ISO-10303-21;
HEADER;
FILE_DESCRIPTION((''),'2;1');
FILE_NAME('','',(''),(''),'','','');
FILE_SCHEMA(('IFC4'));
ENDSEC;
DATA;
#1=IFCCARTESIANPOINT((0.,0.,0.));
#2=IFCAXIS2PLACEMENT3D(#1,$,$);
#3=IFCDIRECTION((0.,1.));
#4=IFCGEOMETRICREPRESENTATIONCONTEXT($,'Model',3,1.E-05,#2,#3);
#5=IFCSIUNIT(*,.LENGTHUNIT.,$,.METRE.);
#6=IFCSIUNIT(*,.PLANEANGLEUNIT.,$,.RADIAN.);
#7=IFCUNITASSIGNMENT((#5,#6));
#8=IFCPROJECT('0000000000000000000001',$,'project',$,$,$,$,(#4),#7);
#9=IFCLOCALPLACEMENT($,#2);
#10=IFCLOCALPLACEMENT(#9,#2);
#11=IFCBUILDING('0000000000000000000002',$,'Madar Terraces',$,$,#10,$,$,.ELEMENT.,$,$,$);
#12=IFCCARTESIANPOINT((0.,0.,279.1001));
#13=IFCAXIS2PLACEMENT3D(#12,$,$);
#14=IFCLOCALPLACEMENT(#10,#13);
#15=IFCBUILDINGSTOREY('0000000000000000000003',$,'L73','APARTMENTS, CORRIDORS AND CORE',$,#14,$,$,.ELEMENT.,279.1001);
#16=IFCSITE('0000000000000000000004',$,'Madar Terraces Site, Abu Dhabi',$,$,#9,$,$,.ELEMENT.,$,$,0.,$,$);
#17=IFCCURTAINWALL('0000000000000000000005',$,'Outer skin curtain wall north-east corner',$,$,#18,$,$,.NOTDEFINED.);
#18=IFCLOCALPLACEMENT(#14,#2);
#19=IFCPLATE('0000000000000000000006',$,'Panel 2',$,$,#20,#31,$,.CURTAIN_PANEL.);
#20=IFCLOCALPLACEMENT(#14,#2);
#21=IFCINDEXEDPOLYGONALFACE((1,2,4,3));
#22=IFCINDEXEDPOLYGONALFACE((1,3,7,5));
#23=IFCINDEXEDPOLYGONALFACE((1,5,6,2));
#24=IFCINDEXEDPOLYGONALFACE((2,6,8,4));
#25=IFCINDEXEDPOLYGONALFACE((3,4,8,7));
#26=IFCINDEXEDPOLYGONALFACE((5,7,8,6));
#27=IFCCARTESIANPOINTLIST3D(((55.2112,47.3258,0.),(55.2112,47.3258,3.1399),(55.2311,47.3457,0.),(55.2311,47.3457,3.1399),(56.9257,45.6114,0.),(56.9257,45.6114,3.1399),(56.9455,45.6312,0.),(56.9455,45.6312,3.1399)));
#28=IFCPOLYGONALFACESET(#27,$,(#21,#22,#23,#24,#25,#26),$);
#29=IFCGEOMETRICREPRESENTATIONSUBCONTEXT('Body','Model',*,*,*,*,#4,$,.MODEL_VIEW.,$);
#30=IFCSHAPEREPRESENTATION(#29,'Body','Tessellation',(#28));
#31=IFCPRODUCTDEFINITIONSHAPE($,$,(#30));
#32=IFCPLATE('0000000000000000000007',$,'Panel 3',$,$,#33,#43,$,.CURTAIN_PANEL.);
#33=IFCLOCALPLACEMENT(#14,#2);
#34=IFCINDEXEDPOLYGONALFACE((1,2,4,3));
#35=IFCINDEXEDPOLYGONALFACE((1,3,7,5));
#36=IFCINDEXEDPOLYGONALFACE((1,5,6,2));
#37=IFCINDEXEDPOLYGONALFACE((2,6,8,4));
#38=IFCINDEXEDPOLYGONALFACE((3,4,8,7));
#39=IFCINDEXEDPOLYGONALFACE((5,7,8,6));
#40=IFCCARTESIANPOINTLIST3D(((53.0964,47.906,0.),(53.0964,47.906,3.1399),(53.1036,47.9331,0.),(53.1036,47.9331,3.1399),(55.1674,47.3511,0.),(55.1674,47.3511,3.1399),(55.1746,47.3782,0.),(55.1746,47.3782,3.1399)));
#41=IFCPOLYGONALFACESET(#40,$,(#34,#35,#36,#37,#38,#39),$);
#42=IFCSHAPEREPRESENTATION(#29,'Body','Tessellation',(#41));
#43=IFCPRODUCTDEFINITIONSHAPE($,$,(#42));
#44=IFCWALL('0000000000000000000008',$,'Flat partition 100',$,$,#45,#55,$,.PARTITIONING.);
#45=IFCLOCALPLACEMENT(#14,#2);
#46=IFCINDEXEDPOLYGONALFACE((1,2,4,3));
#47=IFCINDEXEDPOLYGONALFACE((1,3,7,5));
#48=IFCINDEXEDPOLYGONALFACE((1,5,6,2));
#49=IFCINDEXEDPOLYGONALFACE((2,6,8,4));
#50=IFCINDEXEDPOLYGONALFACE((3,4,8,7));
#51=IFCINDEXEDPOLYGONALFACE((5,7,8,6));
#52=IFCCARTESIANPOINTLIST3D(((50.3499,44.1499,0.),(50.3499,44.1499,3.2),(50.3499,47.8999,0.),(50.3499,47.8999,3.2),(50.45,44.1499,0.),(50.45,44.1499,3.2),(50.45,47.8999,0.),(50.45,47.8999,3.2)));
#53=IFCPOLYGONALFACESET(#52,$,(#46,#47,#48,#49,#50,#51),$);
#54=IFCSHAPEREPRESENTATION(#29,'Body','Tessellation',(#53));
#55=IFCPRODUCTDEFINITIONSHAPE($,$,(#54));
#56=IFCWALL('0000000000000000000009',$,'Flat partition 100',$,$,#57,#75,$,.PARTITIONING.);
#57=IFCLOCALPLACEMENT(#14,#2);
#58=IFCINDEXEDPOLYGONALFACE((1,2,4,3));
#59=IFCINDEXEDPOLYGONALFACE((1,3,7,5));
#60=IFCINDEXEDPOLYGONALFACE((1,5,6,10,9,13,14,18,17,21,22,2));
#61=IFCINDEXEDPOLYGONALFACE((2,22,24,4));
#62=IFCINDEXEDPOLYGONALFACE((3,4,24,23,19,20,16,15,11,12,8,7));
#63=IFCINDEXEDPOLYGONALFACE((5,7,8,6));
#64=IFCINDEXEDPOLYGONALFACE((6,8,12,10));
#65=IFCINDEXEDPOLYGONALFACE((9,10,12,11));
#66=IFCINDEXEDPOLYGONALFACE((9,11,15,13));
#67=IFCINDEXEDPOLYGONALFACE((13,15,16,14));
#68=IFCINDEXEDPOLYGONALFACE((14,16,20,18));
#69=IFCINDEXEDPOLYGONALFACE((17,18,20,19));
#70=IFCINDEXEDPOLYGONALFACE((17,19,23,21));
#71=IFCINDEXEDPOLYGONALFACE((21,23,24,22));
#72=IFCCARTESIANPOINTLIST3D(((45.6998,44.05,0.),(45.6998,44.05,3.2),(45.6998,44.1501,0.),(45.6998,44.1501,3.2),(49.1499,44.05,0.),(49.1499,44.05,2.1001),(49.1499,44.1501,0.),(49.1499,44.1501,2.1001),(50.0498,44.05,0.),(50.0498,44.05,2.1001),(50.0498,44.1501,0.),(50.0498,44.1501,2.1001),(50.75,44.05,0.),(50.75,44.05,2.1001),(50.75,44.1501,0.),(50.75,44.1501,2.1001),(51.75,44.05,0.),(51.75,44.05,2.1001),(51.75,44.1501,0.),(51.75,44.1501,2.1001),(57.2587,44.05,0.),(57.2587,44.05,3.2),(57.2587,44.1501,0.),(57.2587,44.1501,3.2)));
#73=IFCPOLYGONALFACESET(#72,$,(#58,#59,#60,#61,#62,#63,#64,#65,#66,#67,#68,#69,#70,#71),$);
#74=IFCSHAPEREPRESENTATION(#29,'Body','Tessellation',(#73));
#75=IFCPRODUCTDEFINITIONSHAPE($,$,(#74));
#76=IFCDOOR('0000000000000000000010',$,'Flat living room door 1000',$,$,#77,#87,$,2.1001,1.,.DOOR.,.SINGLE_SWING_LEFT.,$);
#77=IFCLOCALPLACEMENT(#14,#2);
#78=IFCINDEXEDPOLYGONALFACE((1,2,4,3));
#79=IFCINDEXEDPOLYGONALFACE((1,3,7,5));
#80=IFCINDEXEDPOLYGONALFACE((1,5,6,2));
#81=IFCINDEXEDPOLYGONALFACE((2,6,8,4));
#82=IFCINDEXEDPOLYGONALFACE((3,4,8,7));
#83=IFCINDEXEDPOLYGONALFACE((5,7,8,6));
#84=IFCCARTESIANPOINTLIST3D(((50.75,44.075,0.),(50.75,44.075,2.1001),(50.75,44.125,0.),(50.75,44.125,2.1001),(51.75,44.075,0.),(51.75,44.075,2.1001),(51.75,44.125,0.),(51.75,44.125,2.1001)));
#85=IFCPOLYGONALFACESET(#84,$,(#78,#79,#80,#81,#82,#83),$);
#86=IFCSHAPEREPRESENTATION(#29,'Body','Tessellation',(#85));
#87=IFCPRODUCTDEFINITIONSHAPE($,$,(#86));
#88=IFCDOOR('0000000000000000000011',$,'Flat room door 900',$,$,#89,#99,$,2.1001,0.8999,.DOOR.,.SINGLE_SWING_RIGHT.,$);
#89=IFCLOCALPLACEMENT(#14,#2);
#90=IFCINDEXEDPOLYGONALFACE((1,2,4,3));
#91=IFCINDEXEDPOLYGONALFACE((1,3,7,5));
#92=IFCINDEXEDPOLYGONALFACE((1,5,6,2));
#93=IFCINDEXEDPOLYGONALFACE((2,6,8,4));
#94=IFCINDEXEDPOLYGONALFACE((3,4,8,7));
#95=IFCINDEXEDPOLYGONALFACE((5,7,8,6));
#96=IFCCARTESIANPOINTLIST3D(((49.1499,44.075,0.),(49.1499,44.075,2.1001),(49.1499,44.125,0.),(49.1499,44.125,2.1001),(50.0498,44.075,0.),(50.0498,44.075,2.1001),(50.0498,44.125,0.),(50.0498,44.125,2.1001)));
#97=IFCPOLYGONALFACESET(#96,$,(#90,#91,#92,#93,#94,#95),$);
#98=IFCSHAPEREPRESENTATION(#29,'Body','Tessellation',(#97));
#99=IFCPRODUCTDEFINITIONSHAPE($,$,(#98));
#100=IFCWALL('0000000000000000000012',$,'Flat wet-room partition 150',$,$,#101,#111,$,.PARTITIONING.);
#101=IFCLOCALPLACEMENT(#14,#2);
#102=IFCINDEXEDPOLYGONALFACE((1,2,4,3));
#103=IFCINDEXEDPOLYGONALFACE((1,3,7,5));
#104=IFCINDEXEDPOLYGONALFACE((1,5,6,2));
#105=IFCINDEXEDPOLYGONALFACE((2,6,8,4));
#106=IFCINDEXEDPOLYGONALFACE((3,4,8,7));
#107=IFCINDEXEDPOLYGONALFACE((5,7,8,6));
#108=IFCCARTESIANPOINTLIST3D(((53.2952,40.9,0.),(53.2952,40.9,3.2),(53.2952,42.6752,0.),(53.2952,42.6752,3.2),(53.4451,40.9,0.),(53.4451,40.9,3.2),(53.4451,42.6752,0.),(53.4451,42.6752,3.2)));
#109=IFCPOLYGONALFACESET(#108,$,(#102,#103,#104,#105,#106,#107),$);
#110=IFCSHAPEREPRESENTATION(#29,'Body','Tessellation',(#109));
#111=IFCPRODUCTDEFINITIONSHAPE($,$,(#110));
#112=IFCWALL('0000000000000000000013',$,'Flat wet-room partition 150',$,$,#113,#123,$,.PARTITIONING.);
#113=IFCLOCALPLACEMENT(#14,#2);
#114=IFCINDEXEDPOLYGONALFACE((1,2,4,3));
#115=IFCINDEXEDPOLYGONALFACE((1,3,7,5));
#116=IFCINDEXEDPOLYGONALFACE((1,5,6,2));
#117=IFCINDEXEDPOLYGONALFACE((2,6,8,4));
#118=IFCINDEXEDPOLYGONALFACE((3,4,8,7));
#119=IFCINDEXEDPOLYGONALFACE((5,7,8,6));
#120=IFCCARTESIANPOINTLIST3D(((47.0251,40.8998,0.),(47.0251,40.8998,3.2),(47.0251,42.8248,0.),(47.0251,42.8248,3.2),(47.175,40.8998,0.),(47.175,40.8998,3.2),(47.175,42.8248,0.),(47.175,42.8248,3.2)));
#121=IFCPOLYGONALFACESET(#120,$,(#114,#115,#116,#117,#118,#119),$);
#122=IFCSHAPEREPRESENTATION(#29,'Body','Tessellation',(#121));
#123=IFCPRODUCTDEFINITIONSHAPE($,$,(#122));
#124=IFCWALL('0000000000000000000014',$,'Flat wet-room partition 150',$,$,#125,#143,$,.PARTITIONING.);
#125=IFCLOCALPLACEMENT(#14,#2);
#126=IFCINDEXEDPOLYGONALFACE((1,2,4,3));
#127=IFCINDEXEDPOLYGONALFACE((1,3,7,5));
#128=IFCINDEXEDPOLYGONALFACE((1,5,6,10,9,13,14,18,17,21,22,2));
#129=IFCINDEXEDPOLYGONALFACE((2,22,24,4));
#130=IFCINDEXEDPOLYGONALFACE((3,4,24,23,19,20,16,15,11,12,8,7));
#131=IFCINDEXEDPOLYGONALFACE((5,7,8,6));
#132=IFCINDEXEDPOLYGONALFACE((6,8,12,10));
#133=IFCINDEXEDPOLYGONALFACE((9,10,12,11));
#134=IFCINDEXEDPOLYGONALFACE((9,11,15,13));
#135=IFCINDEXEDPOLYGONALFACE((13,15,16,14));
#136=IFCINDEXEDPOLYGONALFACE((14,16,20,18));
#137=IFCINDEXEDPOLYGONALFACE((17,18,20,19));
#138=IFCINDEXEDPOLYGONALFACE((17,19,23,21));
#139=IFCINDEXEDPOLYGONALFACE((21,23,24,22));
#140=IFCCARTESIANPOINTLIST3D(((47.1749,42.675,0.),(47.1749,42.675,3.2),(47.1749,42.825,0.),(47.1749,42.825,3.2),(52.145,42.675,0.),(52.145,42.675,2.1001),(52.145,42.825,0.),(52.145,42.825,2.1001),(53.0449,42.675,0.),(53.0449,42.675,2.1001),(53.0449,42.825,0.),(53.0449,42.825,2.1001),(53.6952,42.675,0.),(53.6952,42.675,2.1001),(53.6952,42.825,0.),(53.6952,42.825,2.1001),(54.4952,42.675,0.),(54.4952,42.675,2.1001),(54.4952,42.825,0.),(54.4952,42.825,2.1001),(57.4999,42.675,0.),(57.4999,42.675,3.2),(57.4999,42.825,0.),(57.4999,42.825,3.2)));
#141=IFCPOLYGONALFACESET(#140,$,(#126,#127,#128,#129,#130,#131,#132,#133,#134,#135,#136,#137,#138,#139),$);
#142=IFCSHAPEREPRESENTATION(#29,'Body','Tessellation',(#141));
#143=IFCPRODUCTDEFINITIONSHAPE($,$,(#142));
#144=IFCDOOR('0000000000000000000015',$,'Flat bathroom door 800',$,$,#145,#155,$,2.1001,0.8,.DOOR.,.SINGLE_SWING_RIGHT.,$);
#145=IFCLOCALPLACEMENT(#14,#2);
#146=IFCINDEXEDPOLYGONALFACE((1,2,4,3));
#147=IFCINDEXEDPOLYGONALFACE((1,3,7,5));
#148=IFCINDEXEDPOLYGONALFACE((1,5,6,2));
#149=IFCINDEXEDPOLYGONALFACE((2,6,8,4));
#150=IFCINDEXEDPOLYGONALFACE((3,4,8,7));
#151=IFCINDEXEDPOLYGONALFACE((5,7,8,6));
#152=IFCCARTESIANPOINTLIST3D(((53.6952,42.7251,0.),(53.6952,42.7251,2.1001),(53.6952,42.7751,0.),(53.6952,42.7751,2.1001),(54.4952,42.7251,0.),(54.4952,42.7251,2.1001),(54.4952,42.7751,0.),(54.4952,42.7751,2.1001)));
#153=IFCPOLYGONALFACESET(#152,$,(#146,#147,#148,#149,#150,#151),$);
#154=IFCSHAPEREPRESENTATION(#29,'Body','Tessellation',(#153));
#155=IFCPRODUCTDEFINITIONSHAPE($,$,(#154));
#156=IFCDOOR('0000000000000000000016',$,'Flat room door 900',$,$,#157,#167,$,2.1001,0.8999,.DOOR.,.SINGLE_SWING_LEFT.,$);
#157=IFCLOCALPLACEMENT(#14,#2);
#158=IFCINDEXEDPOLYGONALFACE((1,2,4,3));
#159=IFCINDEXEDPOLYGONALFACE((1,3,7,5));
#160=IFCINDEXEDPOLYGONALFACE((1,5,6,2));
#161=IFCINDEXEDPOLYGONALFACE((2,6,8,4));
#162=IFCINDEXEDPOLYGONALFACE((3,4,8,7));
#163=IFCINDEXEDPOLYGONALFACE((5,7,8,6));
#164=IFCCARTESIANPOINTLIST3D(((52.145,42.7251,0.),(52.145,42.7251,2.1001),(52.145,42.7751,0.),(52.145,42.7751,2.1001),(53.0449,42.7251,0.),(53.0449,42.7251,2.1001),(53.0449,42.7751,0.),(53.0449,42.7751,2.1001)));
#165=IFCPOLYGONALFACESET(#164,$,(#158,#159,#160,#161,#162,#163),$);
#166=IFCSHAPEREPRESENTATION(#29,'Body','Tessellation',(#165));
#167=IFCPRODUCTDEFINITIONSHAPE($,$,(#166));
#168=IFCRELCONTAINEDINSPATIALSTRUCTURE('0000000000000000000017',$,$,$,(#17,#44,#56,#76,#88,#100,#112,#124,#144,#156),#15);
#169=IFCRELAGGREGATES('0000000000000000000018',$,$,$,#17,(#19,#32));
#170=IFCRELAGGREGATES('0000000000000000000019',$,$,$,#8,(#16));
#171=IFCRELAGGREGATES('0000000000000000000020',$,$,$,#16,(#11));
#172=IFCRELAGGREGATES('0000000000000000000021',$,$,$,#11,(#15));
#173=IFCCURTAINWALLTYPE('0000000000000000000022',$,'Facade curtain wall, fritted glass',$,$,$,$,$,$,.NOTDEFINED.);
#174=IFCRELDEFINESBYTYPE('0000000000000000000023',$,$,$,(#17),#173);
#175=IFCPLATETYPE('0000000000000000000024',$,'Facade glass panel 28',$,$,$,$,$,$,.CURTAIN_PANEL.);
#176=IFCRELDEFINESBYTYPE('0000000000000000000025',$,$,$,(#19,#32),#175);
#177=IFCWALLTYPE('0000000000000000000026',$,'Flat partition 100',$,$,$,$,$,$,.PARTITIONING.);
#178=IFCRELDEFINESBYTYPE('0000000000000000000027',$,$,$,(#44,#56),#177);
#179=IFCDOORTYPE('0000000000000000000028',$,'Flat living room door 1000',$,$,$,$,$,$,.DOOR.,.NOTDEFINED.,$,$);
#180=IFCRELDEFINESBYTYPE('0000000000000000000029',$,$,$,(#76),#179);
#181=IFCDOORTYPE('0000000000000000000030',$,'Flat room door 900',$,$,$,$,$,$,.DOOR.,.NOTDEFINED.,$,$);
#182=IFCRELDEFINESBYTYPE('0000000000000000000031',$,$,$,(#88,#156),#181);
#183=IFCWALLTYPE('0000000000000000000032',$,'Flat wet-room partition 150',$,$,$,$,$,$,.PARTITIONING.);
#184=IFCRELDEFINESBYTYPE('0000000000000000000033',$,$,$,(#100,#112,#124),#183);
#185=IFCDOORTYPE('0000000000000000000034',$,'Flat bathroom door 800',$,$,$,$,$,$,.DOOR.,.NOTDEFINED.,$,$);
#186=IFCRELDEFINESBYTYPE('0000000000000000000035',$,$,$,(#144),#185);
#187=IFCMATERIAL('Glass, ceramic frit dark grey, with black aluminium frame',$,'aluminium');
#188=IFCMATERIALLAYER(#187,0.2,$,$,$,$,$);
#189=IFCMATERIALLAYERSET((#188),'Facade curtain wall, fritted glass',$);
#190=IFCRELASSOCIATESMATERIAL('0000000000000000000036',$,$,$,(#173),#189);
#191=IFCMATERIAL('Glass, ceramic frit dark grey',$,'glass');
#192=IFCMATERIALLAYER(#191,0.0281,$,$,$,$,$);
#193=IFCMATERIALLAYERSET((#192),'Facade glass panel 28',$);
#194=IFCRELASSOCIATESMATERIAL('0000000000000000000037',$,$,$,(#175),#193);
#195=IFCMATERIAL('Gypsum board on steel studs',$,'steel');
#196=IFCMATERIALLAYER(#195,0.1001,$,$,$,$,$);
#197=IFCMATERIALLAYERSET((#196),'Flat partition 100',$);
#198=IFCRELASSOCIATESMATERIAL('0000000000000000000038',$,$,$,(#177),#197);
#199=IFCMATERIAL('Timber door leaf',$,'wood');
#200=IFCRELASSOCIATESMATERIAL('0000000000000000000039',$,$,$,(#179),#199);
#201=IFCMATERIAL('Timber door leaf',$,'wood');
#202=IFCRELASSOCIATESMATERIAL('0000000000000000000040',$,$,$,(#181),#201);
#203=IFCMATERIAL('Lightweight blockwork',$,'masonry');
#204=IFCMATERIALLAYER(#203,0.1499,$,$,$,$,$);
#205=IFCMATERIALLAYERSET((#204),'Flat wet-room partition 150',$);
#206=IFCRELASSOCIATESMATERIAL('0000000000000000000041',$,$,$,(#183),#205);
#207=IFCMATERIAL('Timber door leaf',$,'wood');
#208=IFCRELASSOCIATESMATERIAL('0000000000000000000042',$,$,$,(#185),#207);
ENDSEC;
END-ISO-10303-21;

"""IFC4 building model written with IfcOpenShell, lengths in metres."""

from ifc_helpers import new_model, si_unit, direction, frame, frame_2d, origin, origin_2d, place, context, subcontext, project, spatial, rectangle, extrude, material, layer, layer_set, type_object, element, fill, aggregate, save


model = new_model("IFC4")

# Units and contexts
model_context = context("Model", 3, precision=1e-05, world=origin(), true_north=direction((0.0, 1.0)))
body_context = subcontext(model_context, "Body", "Model", "MODEL_VIEW")
ifc_project = project(units=[si_unit("LENGTHUNIT", "METRE"), si_unit("PLANEANGLEUNIT", "RADIAN")], contexts=[model_context])

# Site, building, storey
site_placement = place(None, origin())
site = spatial("IfcSite", under=ifc_project, at=site_placement, Name="Madar Terraces Site, Abu Dhabi", CompositionType="ELEMENT", RefElevation=0.0)
building_placement = place(site_placement, origin())
building = spatial("IfcBuilding", under=site, at=building_placement, Name="Madar Terraces", CompositionType="ELEMENT")
storey_placement = place(building_placement, frame((0.0, 0.0, 279.1001)))
storey = spatial("IfcBuildingStorey", under=building, at=storey_placement, Name="L73", Description="APARTMENTS, CORRIDORS AND CORE", CompositionType="ELEMENT", Elevation=279.1001)

# Shared definitions
ifc_material_1 = material(Name="Glass, ceramic frit dark grey, with black aluminium frame", Category="aluminium")
ifc_layer_1 = layer(ifc_material_1, 0.2)
ifc_layer_set_1 = layer_set([ifc_layer_1], Name="Facade curtain wall, fritted glass")
curtain_wall_type = type_object("IfcCurtainWallType", Name="Facade curtain wall, fritted glass", PredefinedType="NOTDEFINED", material=ifc_layer_set_1)

# Curtain wall
curtain_wall_1_placement = place(storey_placement, origin())
curtain_wall_1 = element("IfcCurtainWall", 1, at=curtain_wall_1_placement, inside=storey, type_object=curtain_wall_type, Name="Outer skin curtain wall north-east corner", PredefinedType="NOTDEFINED")

# Plates
ifc_material_2 = material(Name="Glass, ceramic frit dark grey", Category="glass")
ifc_layer_2 = layer(ifc_material_2, 0.0281)
ifc_layer_set_2 = layer_set([ifc_layer_2], Name="Facade glass panel 28")
plate_type = type_object("IfcPlateType", Name="Facade glass panel 28", PredefinedType="CURTAIN_PANEL", material=ifc_layer_set_2)
plate_1_placement = place(storey_placement, frame((56.0784, 46.4785, 0.0), z_axis=(0.0, 0.0, 1.0), x_axis=(-0.707107, 0.707107, 0.0)))
plate_1 = element("IfcPlate", 2, at=plate_1_placement, type_object=plate_type, Name="Panel 2", PredefinedType="CURTAIN_PANEL", context=body_context, shape_type="SweptSolid", body=[
    extrude(rectangle(XDim=2.4246, YDim=0.0281, at=origin_2d()), origin(), (0.0, 0.0, 1.0), 3.1399),
])
plate_2_placement = place(storey_placement, frame((54.1355, 47.6421, 0.0), z_axis=(0.0, 0.0, 1.0), x_axis=(-0.965926, 0.258819, 0.0)))
plate_2 = element("IfcPlate", 3, at=plate_2_placement, type_object=plate_type, Name="Panel 3", PredefinedType="CURTAIN_PANEL", context=body_context, shape_type="SweptSolid", body=[
    extrude(rectangle(XDim=2.144, YDim=0.0281, at=origin_2d()), origin(), (0.0, 0.0, 1.0), 3.1399),
])
aggregate(curtain_wall_1, [plate_1, plate_2])

# Wall
ifc_material_3 = material(Name="Gypsum board on steel studs", Category="steel")
ifc_layer_3 = layer(ifc_material_3, 0.1001)
ifc_layer_set_3 = layer_set([ifc_layer_3], Name="Flat partition 100")
wall_type_1 = type_object("IfcWallType", Name="Flat partition 100", PredefinedType="PARTITIONING", material=ifc_layer_set_3)
wall_1_placement = place(storey_placement, frame((50.3999, 44.1499, 0.0), z_axis=(0.0, 0.0, 1.0), x_axis=(0.0, 1.0, 0.0)))
element("IfcWall", 4, at=wall_1_placement, inside=storey, type_object=wall_type_1, Name="Flat partition 100", PredefinedType="PARTITIONING", context=body_context, shape_type="SweptSolid", body=[
    extrude(rectangle(XDim=3.75, YDim=0.1001, at=frame_2d((1.875, 0.0))), origin(), (0.0, 0.0, 1.0), 3.2),
])

# Wall, openings, doors
wall_2_placement = place(storey_placement, frame((45.7, 44.1001, 0.0), z_axis=(0.0, 0.0, 1.0), x_axis=(1.0, 0.0, 0.0)))
wall_2 = element("IfcWall", 5, at=wall_2_placement, inside=storey, type_object=wall_type_1, Name="Flat partition 100", PredefinedType="PARTITIONING", context=body_context, shape_type="SweptSolid", body=[
    extrude(rectangle(XDim=11.5588, YDim=0.1001, at=frame_2d((5.7793, 0.0))), origin(), (0.0, 0.0, 1.0), 3.2),
])
opening_1_placement = place(wall_2_placement, frame((3.45, 0.0, 0.0)))
opening_1 = element("IfcOpeningElement", 6, at=opening_1_placement, cuts=wall_2, PredefinedType="OPENING", context=body_context, shape_type="SweptSolid", body=[
    extrude(rectangle(XDim=0.8999, YDim=2.1001, at=frame_2d((0.45, 1.05))), frame((0.0, 0.0601, 0.0), z_axis=(0.0, -1.0, 0.0), x_axis=(1.0, 0.0, 0.0)), (0.0, 0.0, 1.0), 0.1201),
])
opening_2_placement = place(wall_2_placement, frame((5.05, 0.0, 0.0)))
opening_2 = element("IfcOpeningElement", 7, at=opening_2_placement, cuts=wall_2, PredefinedType="OPENING", context=body_context, shape_type="SweptSolid", body=[
    extrude(rectangle(XDim=1.0, YDim=2.1001, at=frame_2d((0.5, 1.05))), frame((0.0, 0.0601, 0.0), z_axis=(0.0, -1.0, 0.0), x_axis=(1.0, 0.0, 0.0)), (0.0, 0.0, 1.0), 0.1201),
])
ifc_material_4 = material(Name="Timber door leaf", Category="wood")
door_type_1 = type_object("IfcDoorType", Name="Flat living room door 1000", OperationType="NOTDEFINED", PredefinedType="DOOR", material=ifc_material_4)
door_1_placement = place(opening_2_placement, origin())
door_1 = element("IfcDoor", 8, at=door_1_placement, inside=storey, type_object=door_type_1, Name="Flat living room door 1000", OperationType="SINGLE_SWING_LEFT", OverallHeight=2.1001, OverallWidth=1.0, PredefinedType="DOOR", context=body_context, shape_type="SweptSolid", body=[
    extrude(rectangle(XDim=1.0, YDim=2.1001, at=frame_2d((0.5, 1.05))), frame((0.0, 0.0249, 0.0), z_axis=(0.0, -1.0, 0.0), x_axis=(1.0, 0.0, 0.0)), (0.0, 0.0, 1.0), 0.05),
])
fill(opening_2, door_1)
ifc_material_5 = material(Name="Timber door leaf", Category="wood")
door_type_2 = type_object("IfcDoorType", Name="Flat room door 900", OperationType="NOTDEFINED", PredefinedType="DOOR", material=ifc_material_5)
door_2_placement = place(opening_1_placement, origin())
door_2 = element("IfcDoor", 9, at=door_2_placement, inside=storey, type_object=door_type_2, Name="Flat room door 900", OperationType="SINGLE_SWING_RIGHT", OverallHeight=2.1001, OverallWidth=0.8999, PredefinedType="DOOR", context=body_context, shape_type="SweptSolid", body=[
    extrude(rectangle(XDim=0.8999, YDim=2.1001, at=frame_2d((0.45, 1.05))), frame((0.0, 0.0249, 0.0), z_axis=(0.0, -1.0, 0.0), x_axis=(1.0, 0.0, 0.0)), (0.0, 0.0, 1.0), 0.05),
])
fill(opening_1, door_2)

# Walls
ifc_material_6 = material(Name="Lightweight blockwork", Category="masonry")
ifc_layer_4 = layer(ifc_material_6, 0.1499)
ifc_layer_set_4 = layer_set([ifc_layer_4], Name="Flat wet-room partition 150")
wall_type_2 = type_object("IfcWallType", Name="Flat wet-room partition 150", PredefinedType="PARTITIONING", material=ifc_layer_set_4)
wall_3_placement = place(storey_placement, frame((53.3701, 40.8999, 0.0), z_axis=(0.0, 0.0, 1.0), x_axis=(0.0, 1.0, 0.0)))
element("IfcWall", 10, at=wall_3_placement, inside=storey, type_object=wall_type_2, Name="Flat wet-room partition 150", PredefinedType="PARTITIONING", context=body_context, shape_type="SweptSolid", body=[
    extrude(rectangle(XDim=1.7751, YDim=0.1499, at=frame_2d((0.8877, 0.0))), origin(), (0.0, 0.0, 1.0), 3.2),
])
wall_4_placement = place(storey_placement, frame((47.1001, 40.8999, 0.0), z_axis=(0.0, 0.0, 1.0), x_axis=(0.0, 1.0, 0.0)))
element("IfcWall", 11, at=wall_4_placement, inside=storey, type_object=wall_type_2, Name="Flat wet-room partition 150", PredefinedType="PARTITIONING", context=body_context, shape_type="SweptSolid", body=[
    extrude(rectangle(XDim=1.925, YDim=0.1499, at=frame_2d((0.9624, 0.0))), origin(), (0.0, 0.0, 1.0), 3.2),
])

# Wall, openings, doors
wall_5_placement = place(storey_placement, frame((57.5, 42.75, 0.0), z_axis=(0.0, 0.0, 1.0), x_axis=(-1.0, 0.0, 0.0)))
wall_5 = element("IfcWall", 12, at=wall_5_placement, inside=storey, type_object=wall_type_2, Name="Flat wet-room partition 150", PredefinedType="PARTITIONING", context=body_context, shape_type="SweptSolid", body=[
    extrude(rectangle(XDim=10.325, YDim=0.1499, at=frame_2d((5.1626, 0.0))), origin(), (0.0, 0.0, 1.0), 3.2),
])
opening_3_placement = place(wall_5_placement, frame((4.4551, 0.0, 0.0)))
opening_3 = element("IfcOpeningElement", 13, at=opening_3_placement, cuts=wall_5, PredefinedType="OPENING", context=body_context, shape_type="SweptSolid", body=[
    extrude(rectangle(XDim=0.8999, YDim=2.1001, at=frame_2d((0.45, 1.05))), frame((0.0, 0.085, 0.0), z_axis=(0.0, -1.0, 0.0), x_axis=(1.0, 0.0, 0.0)), (0.0, 0.0, 1.0), 0.1699),
])
opening_4_placement = place(wall_5_placement, frame((3.0049, 0.0, 0.0)))
opening_4 = element("IfcOpeningElement", 14, at=opening_4_placement, cuts=wall_5, PredefinedType="OPENING", context=body_context, shape_type="SweptSolid", body=[
    extrude(rectangle(XDim=0.8, YDim=2.1001, at=frame_2d((0.3999, 1.05))), frame((0.0, 0.085, 0.0), z_axis=(0.0, -1.0, 0.0), x_axis=(1.0, 0.0, 0.0)), (0.0, 0.0, 1.0), 0.1699),
])
ifc_material_7 = material(Name="Timber door leaf", Category="wood")
door_type_3 = type_object("IfcDoorType", Name="Flat bathroom door 800", OperationType="NOTDEFINED", PredefinedType="DOOR", material=ifc_material_7)
door_3_placement = place(opening_4_placement, origin())
door_3 = element("IfcDoor", 15, at=door_3_placement, inside=storey, type_object=door_type_3, Name="Flat bathroom door 800", OperationType="SINGLE_SWING_RIGHT", OverallHeight=2.1001, OverallWidth=0.8, PredefinedType="DOOR", context=body_context, shape_type="SweptSolid", body=[
    extrude(rectangle(XDim=0.8, YDim=2.1001, at=frame_2d((0.3999, 1.05))), frame((0.0, 0.0249, 0.0), z_axis=(0.0, -1.0, 0.0), x_axis=(1.0, 0.0, 0.0)), (0.0, 0.0, 1.0), 0.05),
])
fill(opening_4, door_3)
door_4_placement = place(opening_3_placement, origin())
door_4 = element("IfcDoor", 16, at=door_4_placement, inside=storey, type_object=door_type_2, Name="Flat room door 900", OperationType="SINGLE_SWING_LEFT", OverallHeight=2.1001, OverallWidth=0.8999, PredefinedType="DOOR", context=body_context, shape_type="SweptSolid", body=[
    extrude(rectangle(XDim=0.8999, YDim=2.1001, at=frame_2d((0.45, 1.05))), frame((0.0, 0.0249, 0.0), z_axis=(0.0, -1.0, 0.0), x_axis=(1.0, 0.0, 0.0)), (0.0, 0.0, 1.0), 0.05),
])
fill(opening_3, door_4)

save(model, "model.ifc")
